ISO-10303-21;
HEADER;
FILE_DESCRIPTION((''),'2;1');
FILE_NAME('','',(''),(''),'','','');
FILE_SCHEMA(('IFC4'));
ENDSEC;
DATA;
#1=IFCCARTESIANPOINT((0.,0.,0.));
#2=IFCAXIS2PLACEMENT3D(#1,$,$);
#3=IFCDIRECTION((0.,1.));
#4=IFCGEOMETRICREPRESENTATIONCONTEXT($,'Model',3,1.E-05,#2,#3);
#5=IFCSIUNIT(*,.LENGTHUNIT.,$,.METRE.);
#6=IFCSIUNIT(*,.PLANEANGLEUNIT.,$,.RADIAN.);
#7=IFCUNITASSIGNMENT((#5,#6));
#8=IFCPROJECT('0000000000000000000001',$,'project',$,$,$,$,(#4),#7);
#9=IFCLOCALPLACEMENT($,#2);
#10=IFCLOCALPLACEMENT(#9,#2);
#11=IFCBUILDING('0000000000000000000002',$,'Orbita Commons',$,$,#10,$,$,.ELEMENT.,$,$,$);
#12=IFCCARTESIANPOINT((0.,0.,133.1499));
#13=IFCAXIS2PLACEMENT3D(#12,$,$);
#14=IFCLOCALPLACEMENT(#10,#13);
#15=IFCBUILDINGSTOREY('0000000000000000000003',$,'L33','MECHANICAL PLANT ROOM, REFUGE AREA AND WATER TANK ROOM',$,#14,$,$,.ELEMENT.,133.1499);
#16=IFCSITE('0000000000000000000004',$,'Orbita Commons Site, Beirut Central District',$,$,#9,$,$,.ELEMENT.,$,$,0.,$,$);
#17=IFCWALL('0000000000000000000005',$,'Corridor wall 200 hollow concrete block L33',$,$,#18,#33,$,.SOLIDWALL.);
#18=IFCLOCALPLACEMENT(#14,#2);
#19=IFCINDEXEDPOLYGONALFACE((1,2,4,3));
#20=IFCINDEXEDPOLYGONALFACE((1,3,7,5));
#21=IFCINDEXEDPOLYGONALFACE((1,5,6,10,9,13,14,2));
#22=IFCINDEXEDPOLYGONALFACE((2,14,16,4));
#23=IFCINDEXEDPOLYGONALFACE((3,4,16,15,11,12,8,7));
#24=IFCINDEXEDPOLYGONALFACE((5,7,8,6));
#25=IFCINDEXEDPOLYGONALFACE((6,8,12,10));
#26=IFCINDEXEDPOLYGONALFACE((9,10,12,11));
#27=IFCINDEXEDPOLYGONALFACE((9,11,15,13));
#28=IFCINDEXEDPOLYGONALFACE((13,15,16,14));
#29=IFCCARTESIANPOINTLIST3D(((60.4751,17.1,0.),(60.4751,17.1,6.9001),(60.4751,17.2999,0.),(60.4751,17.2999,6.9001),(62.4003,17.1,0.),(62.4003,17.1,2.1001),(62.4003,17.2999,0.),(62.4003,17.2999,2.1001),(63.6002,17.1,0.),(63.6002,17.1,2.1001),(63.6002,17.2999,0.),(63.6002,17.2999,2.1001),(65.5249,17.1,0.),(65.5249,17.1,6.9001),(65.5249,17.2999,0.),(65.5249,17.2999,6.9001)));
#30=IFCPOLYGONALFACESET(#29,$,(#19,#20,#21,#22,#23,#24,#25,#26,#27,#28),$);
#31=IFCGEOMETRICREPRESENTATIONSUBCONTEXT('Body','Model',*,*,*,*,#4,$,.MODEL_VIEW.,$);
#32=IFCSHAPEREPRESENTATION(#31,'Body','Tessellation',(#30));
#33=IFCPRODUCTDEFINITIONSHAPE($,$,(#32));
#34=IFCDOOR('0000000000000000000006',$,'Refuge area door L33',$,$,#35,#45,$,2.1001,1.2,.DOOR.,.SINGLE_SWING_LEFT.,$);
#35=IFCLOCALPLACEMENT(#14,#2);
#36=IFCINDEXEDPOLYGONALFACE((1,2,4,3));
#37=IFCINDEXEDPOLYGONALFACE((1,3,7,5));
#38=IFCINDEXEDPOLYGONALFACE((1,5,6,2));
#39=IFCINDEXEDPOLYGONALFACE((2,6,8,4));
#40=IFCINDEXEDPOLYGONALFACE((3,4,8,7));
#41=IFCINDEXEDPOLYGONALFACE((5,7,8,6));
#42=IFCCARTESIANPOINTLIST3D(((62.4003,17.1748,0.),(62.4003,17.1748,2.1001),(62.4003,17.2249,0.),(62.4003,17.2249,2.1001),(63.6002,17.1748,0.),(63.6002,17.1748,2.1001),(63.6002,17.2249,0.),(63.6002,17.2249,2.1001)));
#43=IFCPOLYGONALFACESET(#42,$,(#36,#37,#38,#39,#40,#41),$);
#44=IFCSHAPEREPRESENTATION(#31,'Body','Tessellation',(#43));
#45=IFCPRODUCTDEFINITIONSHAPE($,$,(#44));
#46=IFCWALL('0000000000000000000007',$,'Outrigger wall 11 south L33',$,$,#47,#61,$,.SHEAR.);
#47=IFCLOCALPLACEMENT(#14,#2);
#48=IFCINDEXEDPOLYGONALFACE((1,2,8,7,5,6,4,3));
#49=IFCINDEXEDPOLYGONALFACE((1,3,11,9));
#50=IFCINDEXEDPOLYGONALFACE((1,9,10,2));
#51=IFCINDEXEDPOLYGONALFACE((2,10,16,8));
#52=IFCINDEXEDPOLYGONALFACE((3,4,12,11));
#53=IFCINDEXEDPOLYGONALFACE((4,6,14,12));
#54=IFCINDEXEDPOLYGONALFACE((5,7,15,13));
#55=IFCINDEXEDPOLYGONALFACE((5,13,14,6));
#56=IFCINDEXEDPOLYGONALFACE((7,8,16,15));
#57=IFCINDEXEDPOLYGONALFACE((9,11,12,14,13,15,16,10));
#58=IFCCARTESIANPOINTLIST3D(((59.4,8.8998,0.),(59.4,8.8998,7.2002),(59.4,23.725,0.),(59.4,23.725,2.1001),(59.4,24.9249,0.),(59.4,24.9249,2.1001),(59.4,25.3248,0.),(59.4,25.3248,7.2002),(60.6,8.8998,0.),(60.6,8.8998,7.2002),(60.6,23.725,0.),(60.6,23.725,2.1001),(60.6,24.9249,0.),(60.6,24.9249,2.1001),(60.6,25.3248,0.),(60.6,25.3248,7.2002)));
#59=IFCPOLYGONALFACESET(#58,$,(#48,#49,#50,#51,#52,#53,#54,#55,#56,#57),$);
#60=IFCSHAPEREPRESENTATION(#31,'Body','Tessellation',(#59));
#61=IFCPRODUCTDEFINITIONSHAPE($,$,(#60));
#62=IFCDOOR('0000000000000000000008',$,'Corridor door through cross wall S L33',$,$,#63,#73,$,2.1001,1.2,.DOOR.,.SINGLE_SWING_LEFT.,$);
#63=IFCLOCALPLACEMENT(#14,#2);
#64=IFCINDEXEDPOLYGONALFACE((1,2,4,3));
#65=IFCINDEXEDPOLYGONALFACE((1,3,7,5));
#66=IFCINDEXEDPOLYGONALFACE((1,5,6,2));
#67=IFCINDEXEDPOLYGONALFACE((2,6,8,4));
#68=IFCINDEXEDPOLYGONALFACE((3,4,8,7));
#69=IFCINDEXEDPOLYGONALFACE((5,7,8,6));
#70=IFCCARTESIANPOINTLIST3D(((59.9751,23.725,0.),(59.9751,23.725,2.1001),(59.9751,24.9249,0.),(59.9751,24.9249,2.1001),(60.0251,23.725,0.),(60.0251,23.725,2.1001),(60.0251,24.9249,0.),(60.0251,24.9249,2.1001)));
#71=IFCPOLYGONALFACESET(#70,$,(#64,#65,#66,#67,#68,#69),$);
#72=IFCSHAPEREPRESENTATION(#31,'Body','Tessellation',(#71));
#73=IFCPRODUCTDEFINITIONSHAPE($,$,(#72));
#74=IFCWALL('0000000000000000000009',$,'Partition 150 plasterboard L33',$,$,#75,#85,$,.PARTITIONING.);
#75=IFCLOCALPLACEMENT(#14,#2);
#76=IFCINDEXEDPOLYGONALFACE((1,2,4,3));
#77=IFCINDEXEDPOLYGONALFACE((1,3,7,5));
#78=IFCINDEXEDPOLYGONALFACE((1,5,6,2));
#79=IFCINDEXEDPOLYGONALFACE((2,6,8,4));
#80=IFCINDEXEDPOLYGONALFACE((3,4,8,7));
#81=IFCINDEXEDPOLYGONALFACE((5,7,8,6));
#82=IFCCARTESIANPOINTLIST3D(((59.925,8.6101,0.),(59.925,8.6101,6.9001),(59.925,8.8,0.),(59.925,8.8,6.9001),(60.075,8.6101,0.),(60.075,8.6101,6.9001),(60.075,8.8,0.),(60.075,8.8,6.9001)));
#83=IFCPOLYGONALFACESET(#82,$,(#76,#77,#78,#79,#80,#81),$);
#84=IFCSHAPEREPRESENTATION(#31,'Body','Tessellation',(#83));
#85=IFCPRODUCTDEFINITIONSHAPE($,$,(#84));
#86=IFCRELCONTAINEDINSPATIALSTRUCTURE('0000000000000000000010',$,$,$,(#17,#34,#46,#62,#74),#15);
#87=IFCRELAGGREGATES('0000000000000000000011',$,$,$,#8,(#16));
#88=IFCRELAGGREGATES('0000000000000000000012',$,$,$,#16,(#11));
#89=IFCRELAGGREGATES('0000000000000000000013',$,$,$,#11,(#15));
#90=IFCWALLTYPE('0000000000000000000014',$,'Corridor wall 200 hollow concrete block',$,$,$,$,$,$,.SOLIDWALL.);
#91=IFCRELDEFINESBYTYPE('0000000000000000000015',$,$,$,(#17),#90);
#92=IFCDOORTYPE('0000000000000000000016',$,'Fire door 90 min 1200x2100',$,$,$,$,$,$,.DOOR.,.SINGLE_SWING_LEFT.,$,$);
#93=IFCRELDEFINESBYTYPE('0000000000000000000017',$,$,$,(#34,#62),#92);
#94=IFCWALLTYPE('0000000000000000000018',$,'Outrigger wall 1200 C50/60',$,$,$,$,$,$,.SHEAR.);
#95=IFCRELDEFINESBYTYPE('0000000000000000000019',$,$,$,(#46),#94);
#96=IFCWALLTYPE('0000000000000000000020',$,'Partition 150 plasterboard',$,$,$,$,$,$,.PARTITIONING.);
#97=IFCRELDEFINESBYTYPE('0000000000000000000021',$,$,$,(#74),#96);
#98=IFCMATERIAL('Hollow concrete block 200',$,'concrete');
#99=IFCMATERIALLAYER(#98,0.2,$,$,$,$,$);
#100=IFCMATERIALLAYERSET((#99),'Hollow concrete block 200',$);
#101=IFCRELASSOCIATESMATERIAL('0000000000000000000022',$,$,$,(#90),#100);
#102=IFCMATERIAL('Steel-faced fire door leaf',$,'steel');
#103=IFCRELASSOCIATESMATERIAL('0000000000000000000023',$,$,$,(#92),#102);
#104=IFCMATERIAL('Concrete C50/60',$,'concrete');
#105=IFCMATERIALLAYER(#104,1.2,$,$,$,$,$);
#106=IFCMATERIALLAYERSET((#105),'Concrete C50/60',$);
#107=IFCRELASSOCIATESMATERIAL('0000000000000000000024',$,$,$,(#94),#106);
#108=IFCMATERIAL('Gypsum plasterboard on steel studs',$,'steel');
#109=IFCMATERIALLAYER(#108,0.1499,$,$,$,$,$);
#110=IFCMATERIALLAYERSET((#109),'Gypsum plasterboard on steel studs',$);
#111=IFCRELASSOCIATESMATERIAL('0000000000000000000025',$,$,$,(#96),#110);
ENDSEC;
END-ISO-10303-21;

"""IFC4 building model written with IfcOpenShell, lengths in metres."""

from ifc_helpers import new_model, si_unit, direction, frame, frame_2d, origin, place, context, subcontext, project, spatial, rectangle, extrude, material, layer, layer_set, type_object, element, fill, save


model = new_model("IFC4")

# Units and contexts
model_context = context("Model", 3, precision=1e-05, world=origin(), true_north=direction((0.0, 1.0)))
body_context = subcontext(model_context, "Body", "Model", "MODEL_VIEW")
ifc_project = project(units=[si_unit("LENGTHUNIT", "METRE"), si_unit("PLANEANGLEUNIT", "RADIAN")], contexts=[model_context])

# Site, building, storey
site_placement = place(None, origin())
site = spatial("IfcSite", under=ifc_project, at=site_placement, Name="Orbita Commons Site, Beirut Central District", CompositionType="ELEMENT", RefElevation=0.0)
building_placement = place(site_placement, origin())
building = spatial("IfcBuilding", under=site, at=building_placement, Name="Orbita Commons", CompositionType="ELEMENT")
storey_placement = place(building_placement, frame((0.0, 0.0, 133.1499)))
storey = spatial("IfcBuildingStorey", under=building, at=storey_placement, Name="L33", Description="MECHANICAL PLANT ROOM, REFUGE AREA AND WATER TANK ROOM", CompositionType="ELEMENT", Elevation=133.1499)

# Walls, openings, doors
ifc_material_1 = material(Name="Hollow concrete block 200", Category="concrete")
ifc_layer_1 = layer(ifc_material_1, 0.2)
ifc_layer_set_1 = layer_set([ifc_layer_1], Name="Hollow concrete block 200")
wall_type_1 = type_object("IfcWallType", Name="Corridor wall 200 hollow concrete block", PredefinedType="SOLIDWALL", material=ifc_layer_set_1)
ifc_material_2 = material(Name="Steel-faced fire door leaf", Category="steel")
door_type = type_object("IfcDoorType", Name="Fire door 90 min 1200x2100", OperationType="SINGLE_SWING_LEFT", PredefinedType="DOOR", material=ifc_material_2)
wall_1_placement = place(storey_placement, frame((60.4751, 17.2, 0.0), z_axis=(0.0, 0.0, 1.0), x_axis=(1.0, 0.0, 0.0)))
wall_1 = element("IfcWall", 1, at=wall_1_placement, inside=storey, type_object=wall_type_1, Name="Corridor wall 200 hollow concrete block L33", PredefinedType="SOLIDWALL", context=body_context, shape_type="SweptSolid", body=[
    extrude(rectangle(XDim=5.0498, YDim=0.2, at=frame_2d((2.5249, 0.0))), origin(), (0.0, 0.0, 1.0), 6.9001),
])
opening_1_placement = place(wall_1_placement, frame((1.925, 0.0, 0.0)))
opening_1 = element("IfcOpeningElement", 2, at=opening_1_placement, cuts=wall_1, PredefinedType="OPENING", context=body_context, shape_type="SweptSolid", body=[
    extrude(rectangle(XDim=1.2, YDim=2.1001, at=frame_2d((0.6001, 1.05))), frame((0.0, 0.1099, 0.0), z_axis=(0.0, -1.0, 0.0), x_axis=(1.0, 0.0, 0.0)), (0.0, 0.0, 1.0), 0.22),
])
door_1_placement = place(opening_1_placement, origin())
door_1 = element("IfcDoor", 3, at=door_1_placement, inside=storey, type_object=door_type, Name="Refuge area door L33", OperationType="SINGLE_SWING_LEFT", OverallHeight=2.1001, OverallWidth=1.2, PredefinedType="DOOR", context=body_context, shape_type="SweptSolid", body=[
    extrude(rectangle(XDim=1.2, YDim=2.1001, at=frame_2d((0.6001, 1.05))), frame((0.0, 0.0249, 0.0), z_axis=(0.0, -1.0, 0.0), x_axis=(1.0, 0.0, 0.0)), (0.0, 0.0, 1.0), 0.05),
])
fill(opening_1, door_1)
ifc_material_3 = material(Name="Concrete C50/60", Category="concrete")
ifc_layer_2 = layer(ifc_material_3, 1.2)
ifc_layer_set_2 = layer_set([ifc_layer_2], Name="Concrete C50/60")
wall_type_2 = type_object("IfcWallType", Name="Outrigger wall 1200 C50/60", PredefinedType="SHEAR", material=ifc_layer_set_2)
wall_2_placement = place(storey_placement, frame((60.0, 8.8999, 0.0), z_axis=(0.0, 0.0, 1.0), x_axis=(0.0, 1.0, 0.0)))
wall_2 = element("IfcWall", 4, at=wall_2_placement, inside=storey, type_object=wall_type_2, Name="Outrigger wall 11 south L33", PredefinedType="SHEAR", context=body_context, shape_type="SweptSolid", body=[
    extrude(rectangle(XDim=16.425, YDim=1.2, at=frame_2d((8.2124, 0.0))), origin(), (0.0, 0.0, 1.0), 7.2002),
])
opening_2_placement = place(wall_2_placement, frame((14.825, 0.0, 0.0)))
opening_2 = element("IfcOpeningElement", 5, at=opening_2_placement, cuts=wall_2, PredefinedType="OPENING", context=body_context, shape_type="SweptSolid", body=[
    extrude(rectangle(XDim=1.2, YDim=2.1001, at=frame_2d((0.6001, 1.05))), frame((0.0, 0.6099, 0.0), z_axis=(0.0, -1.0, 0.0), x_axis=(1.0, 0.0, 0.0)), (0.0, 0.0, 1.0), 1.22),
])
door_2_placement = place(opening_2_placement, origin())
door_2 = element("IfcDoor", 6, at=door_2_placement, inside=storey, type_object=door_type, Name="Corridor door through cross wall S L33", OperationType="SINGLE_SWING_LEFT", OverallHeight=2.1001, OverallWidth=1.2, PredefinedType="DOOR", context=body_context, shape_type="SweptSolid", body=[
    extrude(rectangle(XDim=1.2, YDim=2.1001, at=frame_2d((0.6001, 1.05))), frame((0.0, 0.0249, 0.0), z_axis=(0.0, -1.0, 0.0), x_axis=(1.0, 0.0, 0.0)), (0.0, 0.0, 1.0), 0.05),
])
fill(opening_2, door_2)

# Wall
ifc_material_4 = material(Name="Gypsum plasterboard on steel studs", Category="steel")
ifc_layer_3 = layer(ifc_material_4, 0.1499)
ifc_layer_set_3 = layer_set([ifc_layer_3], Name="Gypsum plasterboard on steel studs")
wall_type_3 = type_object("IfcWallType", Name="Partition 150 plasterboard", PredefinedType="PARTITIONING", material=ifc_layer_set_3)
wall_3_placement = place(storey_placement, frame((60.0, 8.8, 0.0), z_axis=(0.0, 0.0, 1.0), x_axis=(0.0, -1.0, 0.0)))
element("IfcWall", 7, at=wall_3_placement, inside=storey, type_object=wall_type_3, Name="Partition 150 plasterboard L33", PredefinedType="PARTITIONING", context=body_context, shape_type="SweptSolid", body=[
    extrude(rectangle(XDim=0.1899, YDim=0.1499, at=frame_2d((0.095, 0.0))), origin(), (0.0, 0.0, 1.0), 6.9001),
])

save(model, "model.ifc")
